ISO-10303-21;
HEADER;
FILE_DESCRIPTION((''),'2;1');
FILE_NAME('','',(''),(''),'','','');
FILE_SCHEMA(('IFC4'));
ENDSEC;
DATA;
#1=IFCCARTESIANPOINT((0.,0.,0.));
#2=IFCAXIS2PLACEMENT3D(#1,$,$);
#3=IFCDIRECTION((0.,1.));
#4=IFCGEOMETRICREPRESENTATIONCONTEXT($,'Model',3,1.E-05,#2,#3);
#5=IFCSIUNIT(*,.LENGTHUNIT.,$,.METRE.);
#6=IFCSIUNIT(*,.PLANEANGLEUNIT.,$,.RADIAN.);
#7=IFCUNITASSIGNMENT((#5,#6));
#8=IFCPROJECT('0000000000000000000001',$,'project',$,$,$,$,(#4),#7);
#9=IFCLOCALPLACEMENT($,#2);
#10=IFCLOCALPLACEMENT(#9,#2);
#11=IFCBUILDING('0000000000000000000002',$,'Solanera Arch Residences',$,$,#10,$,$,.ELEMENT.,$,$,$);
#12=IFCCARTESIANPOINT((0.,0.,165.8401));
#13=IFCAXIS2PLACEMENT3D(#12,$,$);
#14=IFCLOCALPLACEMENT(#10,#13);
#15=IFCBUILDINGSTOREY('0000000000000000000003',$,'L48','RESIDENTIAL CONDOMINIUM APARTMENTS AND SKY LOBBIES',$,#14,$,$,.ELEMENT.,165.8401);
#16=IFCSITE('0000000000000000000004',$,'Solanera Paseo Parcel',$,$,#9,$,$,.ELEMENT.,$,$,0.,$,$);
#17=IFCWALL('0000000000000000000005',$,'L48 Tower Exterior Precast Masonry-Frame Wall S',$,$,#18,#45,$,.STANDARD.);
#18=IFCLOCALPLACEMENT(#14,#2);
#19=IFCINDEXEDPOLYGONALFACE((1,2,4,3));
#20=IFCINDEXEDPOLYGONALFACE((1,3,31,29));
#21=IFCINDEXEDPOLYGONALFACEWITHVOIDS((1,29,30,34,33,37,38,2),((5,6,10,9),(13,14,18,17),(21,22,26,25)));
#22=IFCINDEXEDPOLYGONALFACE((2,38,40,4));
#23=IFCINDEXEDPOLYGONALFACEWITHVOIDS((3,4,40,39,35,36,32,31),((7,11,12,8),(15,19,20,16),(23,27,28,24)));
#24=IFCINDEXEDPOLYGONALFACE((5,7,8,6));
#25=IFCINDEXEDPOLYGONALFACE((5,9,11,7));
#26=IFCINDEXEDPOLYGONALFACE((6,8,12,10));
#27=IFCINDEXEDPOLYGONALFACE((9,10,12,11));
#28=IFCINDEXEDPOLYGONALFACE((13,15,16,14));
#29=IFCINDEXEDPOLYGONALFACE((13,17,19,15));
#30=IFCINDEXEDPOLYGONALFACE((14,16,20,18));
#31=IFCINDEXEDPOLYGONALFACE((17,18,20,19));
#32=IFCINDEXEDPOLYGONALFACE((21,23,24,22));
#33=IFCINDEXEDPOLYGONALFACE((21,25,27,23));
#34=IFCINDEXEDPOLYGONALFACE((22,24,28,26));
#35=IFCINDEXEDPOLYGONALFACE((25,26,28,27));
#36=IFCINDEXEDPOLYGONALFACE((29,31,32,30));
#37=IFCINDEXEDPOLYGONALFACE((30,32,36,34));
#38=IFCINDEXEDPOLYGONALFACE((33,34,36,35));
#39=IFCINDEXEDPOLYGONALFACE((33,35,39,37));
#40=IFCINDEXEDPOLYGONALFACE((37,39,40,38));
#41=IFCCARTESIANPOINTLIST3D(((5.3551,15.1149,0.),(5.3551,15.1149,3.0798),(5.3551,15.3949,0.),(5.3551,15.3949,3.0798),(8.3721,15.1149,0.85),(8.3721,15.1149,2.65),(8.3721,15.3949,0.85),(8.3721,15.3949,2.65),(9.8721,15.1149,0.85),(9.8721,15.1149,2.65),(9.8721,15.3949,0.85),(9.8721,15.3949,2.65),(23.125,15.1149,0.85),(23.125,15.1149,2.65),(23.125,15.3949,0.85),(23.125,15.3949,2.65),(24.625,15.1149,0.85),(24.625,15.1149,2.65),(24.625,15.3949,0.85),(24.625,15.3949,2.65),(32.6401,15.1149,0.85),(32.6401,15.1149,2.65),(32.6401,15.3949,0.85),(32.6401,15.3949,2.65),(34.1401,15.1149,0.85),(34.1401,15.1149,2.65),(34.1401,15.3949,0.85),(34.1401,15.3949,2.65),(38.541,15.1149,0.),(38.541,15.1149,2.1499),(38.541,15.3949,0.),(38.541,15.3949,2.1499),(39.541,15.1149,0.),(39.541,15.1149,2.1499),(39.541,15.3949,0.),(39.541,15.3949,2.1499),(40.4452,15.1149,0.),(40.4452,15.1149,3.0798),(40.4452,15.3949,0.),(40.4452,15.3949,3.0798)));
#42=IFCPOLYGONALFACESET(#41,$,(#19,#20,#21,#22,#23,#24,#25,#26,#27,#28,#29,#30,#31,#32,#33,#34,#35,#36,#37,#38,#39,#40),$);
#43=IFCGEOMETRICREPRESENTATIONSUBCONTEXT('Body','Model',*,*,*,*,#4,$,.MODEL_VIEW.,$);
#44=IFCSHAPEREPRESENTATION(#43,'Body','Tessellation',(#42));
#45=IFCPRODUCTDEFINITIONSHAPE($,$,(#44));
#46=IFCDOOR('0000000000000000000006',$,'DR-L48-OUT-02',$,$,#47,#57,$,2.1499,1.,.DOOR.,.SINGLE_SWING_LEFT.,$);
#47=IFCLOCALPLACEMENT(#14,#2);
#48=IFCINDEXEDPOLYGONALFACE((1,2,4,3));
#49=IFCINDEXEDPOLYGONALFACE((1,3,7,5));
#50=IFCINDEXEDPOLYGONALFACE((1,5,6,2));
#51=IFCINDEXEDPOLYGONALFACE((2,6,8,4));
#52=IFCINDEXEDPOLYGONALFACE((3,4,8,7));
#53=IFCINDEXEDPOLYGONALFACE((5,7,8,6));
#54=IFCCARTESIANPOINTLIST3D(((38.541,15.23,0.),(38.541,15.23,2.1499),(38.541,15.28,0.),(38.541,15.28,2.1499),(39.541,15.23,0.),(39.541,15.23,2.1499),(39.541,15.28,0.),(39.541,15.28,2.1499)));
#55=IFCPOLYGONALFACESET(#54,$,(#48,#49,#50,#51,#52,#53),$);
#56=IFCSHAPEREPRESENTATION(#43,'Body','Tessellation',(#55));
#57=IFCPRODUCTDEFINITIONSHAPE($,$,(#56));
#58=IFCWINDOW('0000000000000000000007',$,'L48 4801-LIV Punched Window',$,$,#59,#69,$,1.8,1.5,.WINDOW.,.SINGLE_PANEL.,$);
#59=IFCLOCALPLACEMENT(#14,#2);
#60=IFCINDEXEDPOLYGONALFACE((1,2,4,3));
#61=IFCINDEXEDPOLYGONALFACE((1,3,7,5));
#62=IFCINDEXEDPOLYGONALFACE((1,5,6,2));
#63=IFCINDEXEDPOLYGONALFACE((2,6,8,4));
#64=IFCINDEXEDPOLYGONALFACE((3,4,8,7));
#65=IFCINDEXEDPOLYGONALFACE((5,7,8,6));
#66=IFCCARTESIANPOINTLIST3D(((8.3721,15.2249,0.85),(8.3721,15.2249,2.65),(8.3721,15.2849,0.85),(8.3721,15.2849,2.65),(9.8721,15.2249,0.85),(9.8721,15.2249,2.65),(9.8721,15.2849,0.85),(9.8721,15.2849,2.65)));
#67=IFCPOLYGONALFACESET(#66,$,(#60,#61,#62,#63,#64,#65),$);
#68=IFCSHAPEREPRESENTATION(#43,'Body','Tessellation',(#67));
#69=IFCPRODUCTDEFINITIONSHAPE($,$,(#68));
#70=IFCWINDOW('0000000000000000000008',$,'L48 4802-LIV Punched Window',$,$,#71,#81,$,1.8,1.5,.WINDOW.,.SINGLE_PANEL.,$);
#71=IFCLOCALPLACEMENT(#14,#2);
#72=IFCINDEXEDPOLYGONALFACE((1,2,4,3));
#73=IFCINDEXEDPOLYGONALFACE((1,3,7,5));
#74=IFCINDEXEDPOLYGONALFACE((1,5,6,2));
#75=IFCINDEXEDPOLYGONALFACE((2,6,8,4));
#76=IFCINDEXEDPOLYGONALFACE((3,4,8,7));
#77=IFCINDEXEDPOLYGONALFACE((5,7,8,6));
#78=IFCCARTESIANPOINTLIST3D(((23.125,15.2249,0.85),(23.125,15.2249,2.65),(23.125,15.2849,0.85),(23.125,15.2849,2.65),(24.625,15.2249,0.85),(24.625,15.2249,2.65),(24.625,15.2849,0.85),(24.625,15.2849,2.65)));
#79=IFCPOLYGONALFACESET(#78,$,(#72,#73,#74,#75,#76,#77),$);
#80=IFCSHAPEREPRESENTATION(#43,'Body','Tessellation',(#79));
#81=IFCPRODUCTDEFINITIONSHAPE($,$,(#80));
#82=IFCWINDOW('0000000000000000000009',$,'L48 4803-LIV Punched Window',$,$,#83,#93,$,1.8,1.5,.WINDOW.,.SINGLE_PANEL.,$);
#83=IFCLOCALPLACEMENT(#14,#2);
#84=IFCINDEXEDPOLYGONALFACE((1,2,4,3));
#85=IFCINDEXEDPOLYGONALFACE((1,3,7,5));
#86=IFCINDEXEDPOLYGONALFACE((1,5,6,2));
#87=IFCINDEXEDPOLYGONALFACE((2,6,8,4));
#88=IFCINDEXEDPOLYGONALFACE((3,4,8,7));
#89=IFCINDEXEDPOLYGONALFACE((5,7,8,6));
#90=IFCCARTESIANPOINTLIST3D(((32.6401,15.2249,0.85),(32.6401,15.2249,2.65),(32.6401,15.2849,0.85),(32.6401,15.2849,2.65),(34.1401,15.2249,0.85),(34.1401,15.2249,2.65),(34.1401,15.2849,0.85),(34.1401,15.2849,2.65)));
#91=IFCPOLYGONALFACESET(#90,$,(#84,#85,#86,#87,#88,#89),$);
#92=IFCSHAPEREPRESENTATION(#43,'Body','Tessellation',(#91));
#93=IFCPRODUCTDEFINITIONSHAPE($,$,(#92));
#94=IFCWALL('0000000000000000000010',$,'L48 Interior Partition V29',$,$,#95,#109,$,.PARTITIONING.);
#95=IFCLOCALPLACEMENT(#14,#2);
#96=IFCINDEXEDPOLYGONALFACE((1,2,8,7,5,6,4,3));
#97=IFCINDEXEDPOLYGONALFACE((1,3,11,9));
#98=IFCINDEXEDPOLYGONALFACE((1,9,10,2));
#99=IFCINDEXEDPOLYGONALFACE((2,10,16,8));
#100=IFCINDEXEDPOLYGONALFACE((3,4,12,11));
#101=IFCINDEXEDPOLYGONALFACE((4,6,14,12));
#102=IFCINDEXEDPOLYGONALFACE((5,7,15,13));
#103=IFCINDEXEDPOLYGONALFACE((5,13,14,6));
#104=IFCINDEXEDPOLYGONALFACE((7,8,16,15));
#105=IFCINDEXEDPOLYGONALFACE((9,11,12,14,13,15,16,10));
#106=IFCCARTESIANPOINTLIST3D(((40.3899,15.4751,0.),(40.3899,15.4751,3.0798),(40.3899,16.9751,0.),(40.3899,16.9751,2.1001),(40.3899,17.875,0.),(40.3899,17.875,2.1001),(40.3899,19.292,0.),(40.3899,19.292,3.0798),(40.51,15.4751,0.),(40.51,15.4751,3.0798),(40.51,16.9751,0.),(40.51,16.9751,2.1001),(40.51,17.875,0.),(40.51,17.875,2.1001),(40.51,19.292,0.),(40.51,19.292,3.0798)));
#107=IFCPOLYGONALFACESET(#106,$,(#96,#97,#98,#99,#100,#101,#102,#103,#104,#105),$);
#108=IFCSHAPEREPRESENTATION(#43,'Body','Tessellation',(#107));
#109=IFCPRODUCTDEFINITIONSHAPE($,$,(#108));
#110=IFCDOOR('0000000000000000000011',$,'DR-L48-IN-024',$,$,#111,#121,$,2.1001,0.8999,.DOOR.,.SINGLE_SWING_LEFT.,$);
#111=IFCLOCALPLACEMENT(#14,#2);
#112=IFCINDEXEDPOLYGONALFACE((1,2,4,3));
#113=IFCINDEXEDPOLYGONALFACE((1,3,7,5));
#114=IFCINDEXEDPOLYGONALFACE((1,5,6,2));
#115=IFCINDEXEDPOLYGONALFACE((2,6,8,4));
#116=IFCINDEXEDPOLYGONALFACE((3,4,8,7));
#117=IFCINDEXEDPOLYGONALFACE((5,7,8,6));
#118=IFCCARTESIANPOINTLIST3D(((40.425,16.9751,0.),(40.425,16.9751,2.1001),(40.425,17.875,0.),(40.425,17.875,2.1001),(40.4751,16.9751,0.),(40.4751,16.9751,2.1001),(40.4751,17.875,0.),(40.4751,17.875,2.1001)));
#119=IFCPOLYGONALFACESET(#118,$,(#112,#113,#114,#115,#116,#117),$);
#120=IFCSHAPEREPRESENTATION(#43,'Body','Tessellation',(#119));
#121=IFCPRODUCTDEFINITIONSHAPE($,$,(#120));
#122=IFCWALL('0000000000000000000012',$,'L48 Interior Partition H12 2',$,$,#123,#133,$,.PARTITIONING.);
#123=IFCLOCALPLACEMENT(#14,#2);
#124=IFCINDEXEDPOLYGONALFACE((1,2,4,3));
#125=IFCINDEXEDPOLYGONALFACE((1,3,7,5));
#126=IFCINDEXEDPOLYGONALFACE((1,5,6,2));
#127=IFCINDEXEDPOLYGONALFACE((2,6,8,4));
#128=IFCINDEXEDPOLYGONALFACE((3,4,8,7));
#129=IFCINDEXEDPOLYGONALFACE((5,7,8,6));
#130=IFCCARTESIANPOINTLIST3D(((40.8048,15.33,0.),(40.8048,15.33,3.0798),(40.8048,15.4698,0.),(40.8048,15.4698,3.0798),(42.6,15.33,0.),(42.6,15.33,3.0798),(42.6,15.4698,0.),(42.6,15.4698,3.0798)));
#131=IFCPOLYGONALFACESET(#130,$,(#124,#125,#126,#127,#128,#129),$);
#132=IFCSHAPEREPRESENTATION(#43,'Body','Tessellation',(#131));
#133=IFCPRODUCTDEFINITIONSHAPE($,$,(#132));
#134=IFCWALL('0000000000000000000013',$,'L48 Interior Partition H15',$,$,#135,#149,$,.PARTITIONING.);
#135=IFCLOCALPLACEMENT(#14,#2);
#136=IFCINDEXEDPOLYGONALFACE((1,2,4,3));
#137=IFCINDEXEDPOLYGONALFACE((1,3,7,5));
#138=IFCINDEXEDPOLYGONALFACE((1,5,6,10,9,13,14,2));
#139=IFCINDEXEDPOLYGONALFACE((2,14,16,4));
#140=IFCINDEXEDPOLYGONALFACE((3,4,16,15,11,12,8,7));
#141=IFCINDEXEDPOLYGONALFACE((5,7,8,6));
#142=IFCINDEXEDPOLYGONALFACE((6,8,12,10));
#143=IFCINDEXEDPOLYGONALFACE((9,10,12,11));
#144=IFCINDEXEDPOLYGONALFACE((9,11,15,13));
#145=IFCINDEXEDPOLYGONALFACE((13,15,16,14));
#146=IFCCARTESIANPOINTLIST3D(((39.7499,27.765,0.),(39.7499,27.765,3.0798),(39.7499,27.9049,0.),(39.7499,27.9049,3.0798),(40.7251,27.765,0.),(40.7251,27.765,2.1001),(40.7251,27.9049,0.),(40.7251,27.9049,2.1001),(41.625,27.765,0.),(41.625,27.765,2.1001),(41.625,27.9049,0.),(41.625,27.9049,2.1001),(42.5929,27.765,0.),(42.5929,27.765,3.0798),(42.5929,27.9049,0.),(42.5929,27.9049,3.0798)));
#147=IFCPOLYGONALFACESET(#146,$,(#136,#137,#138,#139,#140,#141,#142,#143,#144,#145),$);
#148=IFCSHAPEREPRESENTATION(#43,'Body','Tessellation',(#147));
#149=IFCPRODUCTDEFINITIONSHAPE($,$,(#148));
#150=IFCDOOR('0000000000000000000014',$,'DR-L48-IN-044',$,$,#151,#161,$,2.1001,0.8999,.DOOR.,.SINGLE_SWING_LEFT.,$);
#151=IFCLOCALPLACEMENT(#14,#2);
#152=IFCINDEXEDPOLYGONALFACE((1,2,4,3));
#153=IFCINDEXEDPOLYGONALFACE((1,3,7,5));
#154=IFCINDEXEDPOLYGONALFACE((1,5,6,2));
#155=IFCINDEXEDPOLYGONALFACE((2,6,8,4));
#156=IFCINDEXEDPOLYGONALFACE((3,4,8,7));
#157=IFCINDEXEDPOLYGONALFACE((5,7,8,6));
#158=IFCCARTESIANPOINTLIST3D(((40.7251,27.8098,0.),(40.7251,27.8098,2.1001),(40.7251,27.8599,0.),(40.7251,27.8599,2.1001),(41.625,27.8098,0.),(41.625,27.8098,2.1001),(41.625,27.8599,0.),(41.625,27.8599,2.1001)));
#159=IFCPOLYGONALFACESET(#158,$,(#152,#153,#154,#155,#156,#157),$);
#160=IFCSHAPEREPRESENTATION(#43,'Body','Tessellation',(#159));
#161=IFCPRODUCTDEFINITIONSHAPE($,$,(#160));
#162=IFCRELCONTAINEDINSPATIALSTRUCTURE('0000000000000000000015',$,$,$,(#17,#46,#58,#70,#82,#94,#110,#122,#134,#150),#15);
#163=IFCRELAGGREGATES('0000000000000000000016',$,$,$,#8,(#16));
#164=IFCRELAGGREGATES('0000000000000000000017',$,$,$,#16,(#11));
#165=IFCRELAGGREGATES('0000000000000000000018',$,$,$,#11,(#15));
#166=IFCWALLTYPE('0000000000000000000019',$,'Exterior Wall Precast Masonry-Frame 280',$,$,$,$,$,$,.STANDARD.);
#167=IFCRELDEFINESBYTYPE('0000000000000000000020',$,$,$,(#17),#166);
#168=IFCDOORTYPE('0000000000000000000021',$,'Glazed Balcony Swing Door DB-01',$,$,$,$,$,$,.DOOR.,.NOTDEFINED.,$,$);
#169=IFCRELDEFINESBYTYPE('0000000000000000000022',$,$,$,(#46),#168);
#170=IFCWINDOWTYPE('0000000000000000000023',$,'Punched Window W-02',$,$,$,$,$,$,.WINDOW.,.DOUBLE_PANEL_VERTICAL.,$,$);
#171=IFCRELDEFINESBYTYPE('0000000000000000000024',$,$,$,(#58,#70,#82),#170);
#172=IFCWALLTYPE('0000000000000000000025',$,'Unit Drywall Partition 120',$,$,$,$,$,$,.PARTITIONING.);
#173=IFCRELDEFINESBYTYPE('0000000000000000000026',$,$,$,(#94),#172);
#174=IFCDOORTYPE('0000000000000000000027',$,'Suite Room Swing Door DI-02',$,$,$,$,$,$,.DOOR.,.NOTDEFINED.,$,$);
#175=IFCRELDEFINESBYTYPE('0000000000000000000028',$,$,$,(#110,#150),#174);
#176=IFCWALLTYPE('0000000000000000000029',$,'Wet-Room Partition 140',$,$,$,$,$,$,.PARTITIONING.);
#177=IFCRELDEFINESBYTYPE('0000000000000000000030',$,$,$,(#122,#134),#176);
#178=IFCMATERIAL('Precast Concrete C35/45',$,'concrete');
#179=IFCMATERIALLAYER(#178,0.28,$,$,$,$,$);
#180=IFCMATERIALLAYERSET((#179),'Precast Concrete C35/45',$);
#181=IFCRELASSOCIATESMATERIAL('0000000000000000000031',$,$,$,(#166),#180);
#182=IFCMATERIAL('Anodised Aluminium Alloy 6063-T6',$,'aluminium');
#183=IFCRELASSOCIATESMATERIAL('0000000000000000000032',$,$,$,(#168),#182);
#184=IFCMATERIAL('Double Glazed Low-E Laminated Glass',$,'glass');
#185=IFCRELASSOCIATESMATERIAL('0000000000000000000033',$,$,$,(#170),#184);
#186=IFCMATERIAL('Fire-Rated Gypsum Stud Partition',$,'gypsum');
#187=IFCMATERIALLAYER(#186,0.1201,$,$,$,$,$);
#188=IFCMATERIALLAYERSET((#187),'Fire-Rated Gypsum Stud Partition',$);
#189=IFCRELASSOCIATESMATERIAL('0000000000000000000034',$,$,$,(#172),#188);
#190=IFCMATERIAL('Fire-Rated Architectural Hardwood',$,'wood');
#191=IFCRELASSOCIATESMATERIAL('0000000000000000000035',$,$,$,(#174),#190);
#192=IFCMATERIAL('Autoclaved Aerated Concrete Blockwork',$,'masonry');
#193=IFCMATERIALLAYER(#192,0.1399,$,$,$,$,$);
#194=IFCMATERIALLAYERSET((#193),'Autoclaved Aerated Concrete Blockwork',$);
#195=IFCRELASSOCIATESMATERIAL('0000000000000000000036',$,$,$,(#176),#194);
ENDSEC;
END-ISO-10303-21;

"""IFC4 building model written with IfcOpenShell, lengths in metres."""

from ifc_helpers import new_model, si_unit, direction, frame, frame_2d, origin, place, context, subcontext, project, spatial, rectangle, extrude, material, layer, layer_set, type_object, element, fill, save


model = new_model("IFC4")

# Units and contexts
model_context = context("Model", 3, precision=1e-05, world=origin(), true_north=direction((0.0, 1.0)))
body_context = subcontext(model_context, "Body", "Model", "MODEL_VIEW")
ifc_project = project(units=[si_unit("LENGTHUNIT", "METRE"), si_unit("PLANEANGLEUNIT", "RADIAN")], contexts=[model_context])

# Site, building, storey
site_placement = place(None, origin())
site = spatial("IfcSite", under=ifc_project, at=site_placement, Name="Solanera Paseo Parcel", CompositionType="ELEMENT", RefElevation=0.0)
building_placement = place(site_placement, origin())
building = spatial("IfcBuilding", under=site, at=building_placement, Name="Solanera Arch Residences", CompositionType="ELEMENT")
storey_placement = place(building_placement, frame((0.0, 0.0, 165.8401)))
storey = spatial("IfcBuildingStorey", under=building, at=storey_placement, Name="L48", Description="RESIDENTIAL CONDOMINIUM APARTMENTS AND SKY LOBBIES", CompositionType="ELEMENT", Elevation=165.8401)

# Shared definitions
ifc_material_1 = material(Name="Precast Concrete C35/45", Category="concrete")
ifc_layer_1 = layer(ifc_material_1, 0.28)
ifc_layer_set_1 = layer_set([ifc_layer_1], Name="Precast Concrete C35/45")
wall_type_1 = type_object("IfcWallType", Name="Exterior Wall Precast Masonry-Frame 280", PredefinedType="STANDARD", material=ifc_layer_set_1)

# Wall, openings, door, windows
wall_1_placement = place(storey_placement, frame((40.4451, 15.2549, 0.0), z_axis=(0.0, 0.0, 1.0), x_axis=(-1.0, 0.0, 0.0)))
wall_1 = element("IfcWall", 1, at=wall_1_placement, inside=storey, type_object=wall_type_1, Name="L48 Tower Exterior Precast Masonry-Frame Wall S", PredefinedType="STANDARD", context=body_context, shape_type="SweptSolid", body=[
    extrude(rectangle(XDim=35.0901, YDim=0.28, at=frame_2d((17.5449, 0.0))), origin(), (0.0, 0.0, 1.0), 3.0798),
])
opening_1_placement = place(wall_1_placement, frame((0.9041, 0.0, 0.0)))
opening_1 = element("IfcOpeningElement", 2, at=opening_1_placement, cuts=wall_1, PredefinedType="OPENING", context=body_context, shape_type="SweptSolid", body=[
    extrude(rectangle(XDim=1.0, YDim=2.1499, at=frame_2d((0.5, 1.075))), frame((0.0, 0.1499, 0.0), z_axis=(0.0, -1.0, 0.0), x_axis=(1.0, 0.0, 0.0)), (0.0, 0.0, 1.0), 0.3),
])
opening_2_placement = place(wall_1_placement, frame((30.573, 0.0, 0.8501)))
opening_2 = element("IfcOpeningElement", 3, at=opening_2_placement, cuts=wall_1, PredefinedType="OPENING", context=body_context, shape_type="SweptSolid", body=[
    extrude(rectangle(XDim=1.5, YDim=1.8, at=frame_2d((0.75, 0.8999))), frame((0.0, 0.1499, 0.0), z_axis=(0.0, -1.0, 0.0), x_axis=(1.0, 0.0, 0.0)), (0.0, 0.0, 1.0), 0.3),
])
opening_3_placement = place(wall_1_placement, frame((15.8201, 0.0, 0.8501)))
opening_3 = element("IfcOpeningElement", 4, at=opening_3_placement, cuts=wall_1, PredefinedType="OPENING", context=body_context, shape_type="SweptSolid", body=[
    extrude(rectangle(XDim=1.5, YDim=1.8, at=frame_2d((0.75, 0.8999))), frame((0.0, 0.1499, 0.0), z_axis=(0.0, -1.0, 0.0), x_axis=(1.0, 0.0, 0.0)), (0.0, 0.0, 1.0), 0.3),
])
opening_4_placement = place(wall_1_placement, frame((6.3049, 0.0, 0.8501)))
opening_4 = element("IfcOpeningElement", 5, at=opening_4_placement, cuts=wall_1, PredefinedType="OPENING", context=body_context, shape_type="SweptSolid", body=[
    extrude(rectangle(XDim=1.5, YDim=1.8, at=frame_2d((0.75, 0.8999))), frame((0.0, 0.1499, 0.0), z_axis=(0.0, -1.0, 0.0), x_axis=(1.0, 0.0, 0.0)), (0.0, 0.0, 1.0), 0.3),
])
ifc_material_2 = material(Name="Anodised Aluminium Alloy 6063-T6", Category="aluminium")
door_type_1 = type_object("IfcDoorType", Name="Glazed Balcony Swing Door DB-01", OperationType="NOTDEFINED", PredefinedType="DOOR", material=ifc_material_2)
door_1_placement = place(opening_1_placement, origin())
door_1 = element("IfcDoor", 6, at=door_1_placement, inside=storey, type_object=door_type_1, Name="DR-L48-OUT-02", OperationType="SINGLE_SWING_LEFT", OverallHeight=2.1499, OverallWidth=1.0, PredefinedType="DOOR", context=body_context, shape_type="SweptSolid", body=[
    extrude(rectangle(XDim=1.0, YDim=2.1499, at=frame_2d((0.5, 1.075))), frame((0.0, 0.0249, 0.0), z_axis=(0.0, -1.0, 0.0), x_axis=(1.0, 0.0, 0.0)), (0.0, 0.0, 1.0), 0.05),
])
fill(opening_1, door_1)
ifc_material_3 = material(Name="Double Glazed Low-E Laminated Glass", Category="glass")
window_type = type_object("IfcWindowType", Name="Punched Window W-02", PartitioningType="DOUBLE_PANEL_VERTICAL", PredefinedType="WINDOW", material=ifc_material_3)
window_1_placement = place(opening_2_placement, origin())
window_1 = element("IfcWindow", 7, at=window_1_placement, inside=storey, type_object=window_type, Name="L48 4801-LIV Punched Window", OverallHeight=1.8, OverallWidth=1.5, PartitioningType="SINGLE_PANEL", PredefinedType="WINDOW", context=body_context, shape_type="SweptSolid", body=[
    extrude(rectangle(XDim=1.5, YDim=1.8, at=frame_2d((0.75, 0.8999))), frame((0.0, 0.03, 0.0), z_axis=(0.0, -1.0, 0.0), x_axis=(1.0, 0.0, 0.0)), (0.0, 0.0, 1.0), 0.0601),
])
fill(opening_2, window_1)
window_2_placement = place(opening_3_placement, origin())
window_2 = element("IfcWindow", 8, at=window_2_placement, inside=storey, type_object=window_type, Name="L48 4802-LIV Punched Window", OverallHeight=1.8, OverallWidth=1.5, PartitioningType="SINGLE_PANEL", PredefinedType="WINDOW", context=body_context, shape_type="SweptSolid", body=[
    extrude(rectangle(XDim=1.5, YDim=1.8, at=frame_2d((0.75, 0.8999))), frame((0.0, 0.03, 0.0), z_axis=(0.0, -1.0, 0.0), x_axis=(1.0, 0.0, 0.0)), (0.0, 0.0, 1.0), 0.0601),
])
fill(opening_3, window_2)
window_3_placement = place(opening_4_placement, origin())
window_3 = element("IfcWindow", 9, at=window_3_placement, inside=storey, type_object=window_type, Name="L48 4803-LIV Punched Window", OverallHeight=1.8, OverallWidth=1.5, PartitioningType="SINGLE_PANEL", PredefinedType="WINDOW", context=body_context, shape_type="SweptSolid", body=[
    extrude(rectangle(XDim=1.5, YDim=1.8, at=frame_2d((0.75, 0.8999))), frame((0.0, 0.03, 0.0), z_axis=(0.0, -1.0, 0.0), x_axis=(1.0, 0.0, 0.0)), (0.0, 0.0, 1.0), 0.0601),
])
fill(opening_4, window_3)

# Wall, opening, door
ifc_material_4 = material(Name="Fire-Rated Gypsum Stud Partition", Category="gypsum")
ifc_layer_2 = layer(ifc_material_4, 0.1201)
ifc_layer_set_2 = layer_set([ifc_layer_2], Name="Fire-Rated Gypsum Stud Partition")
wall_type_2 = type_object("IfcWallType", Name="Unit Drywall Partition 120", PredefinedType="PARTITIONING", material=ifc_layer_set_2)
wall_2_placement = place(storey_placement, frame((40.45, 15.4751, 0.0), z_axis=(0.0, 0.0, 1.0), x_axis=(0.0, 1.0, 0.0)))
wall_2 = element("IfcWall", 10, at=wall_2_placement, inside=storey, type_object=wall_type_2, Name="L48 Interior Partition V29", PredefinedType="PARTITIONING", context=body_context, shape_type="SweptSolid", body=[
    extrude(rectangle(XDim=3.8169, YDim=0.1201, at=frame_2d((1.9084, 0.0))), origin(), (0.0, 0.0, 1.0), 3.0798),
])
opening_5_placement = place(wall_2_placement, frame((1.5, 0.0, 0.0)))
opening_5 = element("IfcOpeningElement", 11, at=opening_5_placement, cuts=wall_2, PredefinedType="OPENING", context=body_context, shape_type="SweptSolid", body=[
    extrude(rectangle(XDim=0.8999, YDim=2.1001, at=frame_2d((0.45, 1.05))), frame((0.0, 0.0701, 0.0), z_axis=(0.0, -1.0, 0.0), x_axis=(1.0, 0.0, 0.0)), (0.0, 0.0, 1.0), 0.1401),
])
ifc_material_5 = material(Name="Fire-Rated Architectural Hardwood", Category="wood")
door_type_2 = type_object("IfcDoorType", Name="Suite Room Swing Door DI-02", OperationType="NOTDEFINED", PredefinedType="DOOR", material=ifc_material_5)
door_2_placement = place(opening_5_placement, origin())
door_2 = element("IfcDoor", 12, at=door_2_placement, inside=storey, type_object=door_type_2, Name="DR-L48-IN-024", OperationType="SINGLE_SWING_LEFT", OverallHeight=2.1001, OverallWidth=0.8999, PredefinedType="DOOR", context=body_context, shape_type="SweptSolid", body=[
    extrude(rectangle(XDim=0.8999, YDim=2.1001, at=frame_2d((0.45, 1.05))), frame((0.0, 0.0249, 0.0), z_axis=(0.0, -1.0, 0.0), x_axis=(1.0, 0.0, 0.0)), (0.0, 0.0, 1.0), 0.05),
])
fill(opening_5, door_2)

# Wall
ifc_material_6 = material(Name="Autoclaved Aerated Concrete Blockwork", Category="masonry")
ifc_layer_3 = layer(ifc_material_6, 0.1399)
ifc_layer_set_3 = layer_set([ifc_layer_3], Name="Autoclaved Aerated Concrete Blockwork")
wall_type_3 = type_object("IfcWallType", Name="Wet-Room Partition 140", PredefinedType="PARTITIONING", material=ifc_layer_set_3)
wall_3_placement = place(storey_placement, frame((40.8049, 15.3999, 0.0), z_axis=(0.0, 0.0, 1.0), x_axis=(1.0, 0.0, 0.0)))
element("IfcWall", 13, at=wall_3_placement, inside=storey, type_object=wall_type_3, Name="L48 Interior Partition H12 2", PredefinedType="PARTITIONING", context=body_context, shape_type="SweptSolid", body=[
    extrude(rectangle(XDim=1.7952, YDim=0.1399, at=frame_2d((0.8975, 0.0))), origin(), (0.0, 0.0, 1.0), 3.0798),
])

# Wall, opening, door
wall_4_placement = place(storey_placement, frame((39.75, 27.835, 0.0), z_axis=(0.0, 0.0, 1.0), x_axis=(1.0, 0.0, 0.0)))
wall_4 = element("IfcWall", 14, at=wall_4_placement, inside=storey, type_object=wall_type_3, Name="L48 Interior Partition H15", PredefinedType="PARTITIONING", context=body_context, shape_type="SweptSolid", body=[
    extrude(rectangle(XDim=2.843, YDim=0.1399, at=frame_2d((1.4214, 0.0))), origin(), (0.0, 0.0, 1.0), 3.0798),
])
opening_6_placement = place(wall_4_placement, frame((0.9751, 0.0, 0.0)))
opening_6 = element("IfcOpeningElement", 15, at=opening_6_placement, cuts=wall_4, PredefinedType="OPENING", context=body_context, shape_type="SweptSolid", body=[
    extrude(rectangle(XDim=0.8999, YDim=2.1001, at=frame_2d((0.45, 1.05))), frame((0.0, 0.0798, 0.0), z_axis=(0.0, -1.0, 0.0), x_axis=(1.0, 0.0, 0.0)), (0.0, 0.0, 1.0), 0.1599),
])
door_3_placement = place(opening_6_placement, origin())
door_3 = element("IfcDoor", 16, at=door_3_placement, inside=storey, type_object=door_type_2, Name="DR-L48-IN-044", OperationType="SINGLE_SWING_LEFT", OverallHeight=2.1001, OverallWidth=0.8999, PredefinedType="DOOR", context=body_context, shape_type="SweptSolid", body=[
    extrude(rectangle(XDim=0.8999, YDim=2.1001, at=frame_2d((0.45, 1.05))), frame((0.0, 0.0249, 0.0), z_axis=(0.0, -1.0, 0.0), x_axis=(1.0, 0.0, 0.0)), (0.0, 0.0, 1.0), 0.05),
])
fill(opening_6, door_3)

save(model, "model.ifc")
